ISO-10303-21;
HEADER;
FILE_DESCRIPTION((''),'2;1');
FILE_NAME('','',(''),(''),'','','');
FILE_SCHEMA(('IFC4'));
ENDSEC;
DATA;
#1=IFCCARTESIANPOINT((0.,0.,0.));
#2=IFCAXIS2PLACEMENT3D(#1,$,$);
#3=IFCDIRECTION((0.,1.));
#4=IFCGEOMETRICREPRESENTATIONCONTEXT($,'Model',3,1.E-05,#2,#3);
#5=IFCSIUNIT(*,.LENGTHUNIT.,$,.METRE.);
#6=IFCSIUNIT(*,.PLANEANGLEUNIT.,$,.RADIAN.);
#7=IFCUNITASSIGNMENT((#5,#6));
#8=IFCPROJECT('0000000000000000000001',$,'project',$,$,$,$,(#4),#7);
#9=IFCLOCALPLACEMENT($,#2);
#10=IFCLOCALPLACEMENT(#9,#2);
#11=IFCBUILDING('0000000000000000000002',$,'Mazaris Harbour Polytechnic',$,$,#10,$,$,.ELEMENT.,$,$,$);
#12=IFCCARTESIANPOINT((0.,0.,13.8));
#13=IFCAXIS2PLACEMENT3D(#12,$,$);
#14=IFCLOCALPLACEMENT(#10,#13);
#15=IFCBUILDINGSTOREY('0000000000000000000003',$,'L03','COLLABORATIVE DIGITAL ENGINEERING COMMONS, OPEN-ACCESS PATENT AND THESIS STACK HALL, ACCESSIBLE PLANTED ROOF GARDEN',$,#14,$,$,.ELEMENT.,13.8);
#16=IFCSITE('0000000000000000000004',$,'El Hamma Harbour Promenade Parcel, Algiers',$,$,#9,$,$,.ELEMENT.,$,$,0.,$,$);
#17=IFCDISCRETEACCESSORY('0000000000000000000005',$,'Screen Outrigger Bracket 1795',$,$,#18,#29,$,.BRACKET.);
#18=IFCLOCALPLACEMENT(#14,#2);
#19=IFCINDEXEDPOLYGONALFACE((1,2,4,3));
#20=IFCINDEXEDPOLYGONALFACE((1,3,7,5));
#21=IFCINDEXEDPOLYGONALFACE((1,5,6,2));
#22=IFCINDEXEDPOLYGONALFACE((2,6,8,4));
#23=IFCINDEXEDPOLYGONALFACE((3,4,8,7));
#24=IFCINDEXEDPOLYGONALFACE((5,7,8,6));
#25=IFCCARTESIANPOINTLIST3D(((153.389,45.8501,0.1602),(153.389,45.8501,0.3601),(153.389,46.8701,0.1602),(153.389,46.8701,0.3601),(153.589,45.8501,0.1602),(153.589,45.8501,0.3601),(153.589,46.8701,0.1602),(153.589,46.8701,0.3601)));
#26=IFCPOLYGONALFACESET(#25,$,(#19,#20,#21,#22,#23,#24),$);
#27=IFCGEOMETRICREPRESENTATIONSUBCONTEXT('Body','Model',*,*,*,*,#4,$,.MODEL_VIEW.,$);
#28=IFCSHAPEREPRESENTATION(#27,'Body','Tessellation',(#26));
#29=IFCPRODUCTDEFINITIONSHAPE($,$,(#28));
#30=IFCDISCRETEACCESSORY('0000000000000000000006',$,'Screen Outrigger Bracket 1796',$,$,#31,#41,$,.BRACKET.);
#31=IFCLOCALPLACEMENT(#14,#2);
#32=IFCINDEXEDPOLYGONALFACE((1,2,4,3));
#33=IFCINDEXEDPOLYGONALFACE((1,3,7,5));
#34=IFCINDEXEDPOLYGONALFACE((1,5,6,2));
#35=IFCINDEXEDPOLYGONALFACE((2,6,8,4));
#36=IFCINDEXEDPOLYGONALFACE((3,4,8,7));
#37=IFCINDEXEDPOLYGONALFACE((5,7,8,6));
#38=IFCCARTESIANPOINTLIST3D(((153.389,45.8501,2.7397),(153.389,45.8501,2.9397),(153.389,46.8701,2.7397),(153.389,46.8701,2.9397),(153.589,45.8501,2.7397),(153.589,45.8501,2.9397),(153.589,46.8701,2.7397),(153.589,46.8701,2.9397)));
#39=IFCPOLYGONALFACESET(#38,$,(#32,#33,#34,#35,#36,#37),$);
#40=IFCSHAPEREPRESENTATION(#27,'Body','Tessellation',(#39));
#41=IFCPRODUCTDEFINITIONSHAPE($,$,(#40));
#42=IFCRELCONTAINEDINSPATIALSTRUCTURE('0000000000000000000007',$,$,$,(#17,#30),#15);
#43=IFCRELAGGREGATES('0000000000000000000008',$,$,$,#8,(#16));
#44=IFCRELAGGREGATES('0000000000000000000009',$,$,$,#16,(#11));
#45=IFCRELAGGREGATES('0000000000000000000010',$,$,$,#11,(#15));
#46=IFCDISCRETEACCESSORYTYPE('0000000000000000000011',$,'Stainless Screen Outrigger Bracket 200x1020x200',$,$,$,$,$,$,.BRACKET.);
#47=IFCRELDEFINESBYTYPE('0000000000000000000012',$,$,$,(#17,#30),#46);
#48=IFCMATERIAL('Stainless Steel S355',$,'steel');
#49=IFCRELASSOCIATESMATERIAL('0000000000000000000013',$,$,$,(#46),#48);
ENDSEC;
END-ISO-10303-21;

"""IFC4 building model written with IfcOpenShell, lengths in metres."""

from ifc_helpers import new_model, si_unit, direction, frame, origin, origin_2d, place, context, subcontext, project, spatial, rectangle, extrude, material, type_object, element, save


model = new_model("IFC4")

# Units and contexts
model_context = context("Model", 3, precision=1e-05, world=origin(), true_north=direction((0.0, 1.0)))
body_context = subcontext(model_context, "Body", "Model", "MODEL_VIEW")
ifc_project = project(units=[si_unit("LENGTHUNIT", "METRE"), si_unit("PLANEANGLEUNIT", "RADIAN")], contexts=[model_context])

# Site, building, storey
site_placement = place(None, origin())
site = spatial("IfcSite", under=ifc_project, at=site_placement, Name="El Hamma Harbour Promenade Parcel, Algiers", CompositionType="ELEMENT", RefElevation=0.0)
building_placement = place(site_placement, origin())
building = spatial("IfcBuilding", under=site, at=building_placement, Name="Mazaris Harbour Polytechnic", CompositionType="ELEMENT")
storey_placement = place(building_placement, frame((0.0, 0.0, 13.8)))
storey = spatial("IfcBuildingStorey", under=building, at=storey_placement, Name="L03", Description="COLLABORATIVE DIGITAL ENGINEERING COMMONS, OPEN-ACCESS PATENT AND THESIS STACK HALL, ACCESSIBLE PLANTED ROOF GARDEN", CompositionType="ELEMENT", Elevation=13.8)

# Discrete accessories
ifc_material_1 = material(Name="Stainless Steel S355", Category="steel")
discrete_accessory_type = type_object("IfcDiscreteAccessoryType", Name="Stainless Screen Outrigger Bracket 200x1020x200", PredefinedType="BRACKET", material=ifc_material_1)
for number, where, z_axis, x_axis, name in (
    (1, (153.489, 46.3601, 0.1602), (0.0, 0.0, 1.0), (-1.0, 0.0, 0.0), "Screen Outrigger Bracket 1795"),
    (2, (153.489, 46.3601, 2.7397), (0.0, 0.0, 1.0), (-1.0, 0.0, 0.0), "Screen Outrigger Bracket 1796"),
):
    element("IfcDiscreteAccessory", number, at=place(storey_placement, frame(where, z_axis=z_axis, x_axis=x_axis)), inside=storey, type_object=discrete_accessory_type, Name=name, PredefinedType="BRACKET", context=body_context, shape_type="SweptSolid", body=[
        extrude(rectangle(XDim=0.2, YDim=1.02, at=origin_2d()), origin(), (0.0, 0.0, 1.0), 0.2),
    ])

save(model, "model.ifc")
